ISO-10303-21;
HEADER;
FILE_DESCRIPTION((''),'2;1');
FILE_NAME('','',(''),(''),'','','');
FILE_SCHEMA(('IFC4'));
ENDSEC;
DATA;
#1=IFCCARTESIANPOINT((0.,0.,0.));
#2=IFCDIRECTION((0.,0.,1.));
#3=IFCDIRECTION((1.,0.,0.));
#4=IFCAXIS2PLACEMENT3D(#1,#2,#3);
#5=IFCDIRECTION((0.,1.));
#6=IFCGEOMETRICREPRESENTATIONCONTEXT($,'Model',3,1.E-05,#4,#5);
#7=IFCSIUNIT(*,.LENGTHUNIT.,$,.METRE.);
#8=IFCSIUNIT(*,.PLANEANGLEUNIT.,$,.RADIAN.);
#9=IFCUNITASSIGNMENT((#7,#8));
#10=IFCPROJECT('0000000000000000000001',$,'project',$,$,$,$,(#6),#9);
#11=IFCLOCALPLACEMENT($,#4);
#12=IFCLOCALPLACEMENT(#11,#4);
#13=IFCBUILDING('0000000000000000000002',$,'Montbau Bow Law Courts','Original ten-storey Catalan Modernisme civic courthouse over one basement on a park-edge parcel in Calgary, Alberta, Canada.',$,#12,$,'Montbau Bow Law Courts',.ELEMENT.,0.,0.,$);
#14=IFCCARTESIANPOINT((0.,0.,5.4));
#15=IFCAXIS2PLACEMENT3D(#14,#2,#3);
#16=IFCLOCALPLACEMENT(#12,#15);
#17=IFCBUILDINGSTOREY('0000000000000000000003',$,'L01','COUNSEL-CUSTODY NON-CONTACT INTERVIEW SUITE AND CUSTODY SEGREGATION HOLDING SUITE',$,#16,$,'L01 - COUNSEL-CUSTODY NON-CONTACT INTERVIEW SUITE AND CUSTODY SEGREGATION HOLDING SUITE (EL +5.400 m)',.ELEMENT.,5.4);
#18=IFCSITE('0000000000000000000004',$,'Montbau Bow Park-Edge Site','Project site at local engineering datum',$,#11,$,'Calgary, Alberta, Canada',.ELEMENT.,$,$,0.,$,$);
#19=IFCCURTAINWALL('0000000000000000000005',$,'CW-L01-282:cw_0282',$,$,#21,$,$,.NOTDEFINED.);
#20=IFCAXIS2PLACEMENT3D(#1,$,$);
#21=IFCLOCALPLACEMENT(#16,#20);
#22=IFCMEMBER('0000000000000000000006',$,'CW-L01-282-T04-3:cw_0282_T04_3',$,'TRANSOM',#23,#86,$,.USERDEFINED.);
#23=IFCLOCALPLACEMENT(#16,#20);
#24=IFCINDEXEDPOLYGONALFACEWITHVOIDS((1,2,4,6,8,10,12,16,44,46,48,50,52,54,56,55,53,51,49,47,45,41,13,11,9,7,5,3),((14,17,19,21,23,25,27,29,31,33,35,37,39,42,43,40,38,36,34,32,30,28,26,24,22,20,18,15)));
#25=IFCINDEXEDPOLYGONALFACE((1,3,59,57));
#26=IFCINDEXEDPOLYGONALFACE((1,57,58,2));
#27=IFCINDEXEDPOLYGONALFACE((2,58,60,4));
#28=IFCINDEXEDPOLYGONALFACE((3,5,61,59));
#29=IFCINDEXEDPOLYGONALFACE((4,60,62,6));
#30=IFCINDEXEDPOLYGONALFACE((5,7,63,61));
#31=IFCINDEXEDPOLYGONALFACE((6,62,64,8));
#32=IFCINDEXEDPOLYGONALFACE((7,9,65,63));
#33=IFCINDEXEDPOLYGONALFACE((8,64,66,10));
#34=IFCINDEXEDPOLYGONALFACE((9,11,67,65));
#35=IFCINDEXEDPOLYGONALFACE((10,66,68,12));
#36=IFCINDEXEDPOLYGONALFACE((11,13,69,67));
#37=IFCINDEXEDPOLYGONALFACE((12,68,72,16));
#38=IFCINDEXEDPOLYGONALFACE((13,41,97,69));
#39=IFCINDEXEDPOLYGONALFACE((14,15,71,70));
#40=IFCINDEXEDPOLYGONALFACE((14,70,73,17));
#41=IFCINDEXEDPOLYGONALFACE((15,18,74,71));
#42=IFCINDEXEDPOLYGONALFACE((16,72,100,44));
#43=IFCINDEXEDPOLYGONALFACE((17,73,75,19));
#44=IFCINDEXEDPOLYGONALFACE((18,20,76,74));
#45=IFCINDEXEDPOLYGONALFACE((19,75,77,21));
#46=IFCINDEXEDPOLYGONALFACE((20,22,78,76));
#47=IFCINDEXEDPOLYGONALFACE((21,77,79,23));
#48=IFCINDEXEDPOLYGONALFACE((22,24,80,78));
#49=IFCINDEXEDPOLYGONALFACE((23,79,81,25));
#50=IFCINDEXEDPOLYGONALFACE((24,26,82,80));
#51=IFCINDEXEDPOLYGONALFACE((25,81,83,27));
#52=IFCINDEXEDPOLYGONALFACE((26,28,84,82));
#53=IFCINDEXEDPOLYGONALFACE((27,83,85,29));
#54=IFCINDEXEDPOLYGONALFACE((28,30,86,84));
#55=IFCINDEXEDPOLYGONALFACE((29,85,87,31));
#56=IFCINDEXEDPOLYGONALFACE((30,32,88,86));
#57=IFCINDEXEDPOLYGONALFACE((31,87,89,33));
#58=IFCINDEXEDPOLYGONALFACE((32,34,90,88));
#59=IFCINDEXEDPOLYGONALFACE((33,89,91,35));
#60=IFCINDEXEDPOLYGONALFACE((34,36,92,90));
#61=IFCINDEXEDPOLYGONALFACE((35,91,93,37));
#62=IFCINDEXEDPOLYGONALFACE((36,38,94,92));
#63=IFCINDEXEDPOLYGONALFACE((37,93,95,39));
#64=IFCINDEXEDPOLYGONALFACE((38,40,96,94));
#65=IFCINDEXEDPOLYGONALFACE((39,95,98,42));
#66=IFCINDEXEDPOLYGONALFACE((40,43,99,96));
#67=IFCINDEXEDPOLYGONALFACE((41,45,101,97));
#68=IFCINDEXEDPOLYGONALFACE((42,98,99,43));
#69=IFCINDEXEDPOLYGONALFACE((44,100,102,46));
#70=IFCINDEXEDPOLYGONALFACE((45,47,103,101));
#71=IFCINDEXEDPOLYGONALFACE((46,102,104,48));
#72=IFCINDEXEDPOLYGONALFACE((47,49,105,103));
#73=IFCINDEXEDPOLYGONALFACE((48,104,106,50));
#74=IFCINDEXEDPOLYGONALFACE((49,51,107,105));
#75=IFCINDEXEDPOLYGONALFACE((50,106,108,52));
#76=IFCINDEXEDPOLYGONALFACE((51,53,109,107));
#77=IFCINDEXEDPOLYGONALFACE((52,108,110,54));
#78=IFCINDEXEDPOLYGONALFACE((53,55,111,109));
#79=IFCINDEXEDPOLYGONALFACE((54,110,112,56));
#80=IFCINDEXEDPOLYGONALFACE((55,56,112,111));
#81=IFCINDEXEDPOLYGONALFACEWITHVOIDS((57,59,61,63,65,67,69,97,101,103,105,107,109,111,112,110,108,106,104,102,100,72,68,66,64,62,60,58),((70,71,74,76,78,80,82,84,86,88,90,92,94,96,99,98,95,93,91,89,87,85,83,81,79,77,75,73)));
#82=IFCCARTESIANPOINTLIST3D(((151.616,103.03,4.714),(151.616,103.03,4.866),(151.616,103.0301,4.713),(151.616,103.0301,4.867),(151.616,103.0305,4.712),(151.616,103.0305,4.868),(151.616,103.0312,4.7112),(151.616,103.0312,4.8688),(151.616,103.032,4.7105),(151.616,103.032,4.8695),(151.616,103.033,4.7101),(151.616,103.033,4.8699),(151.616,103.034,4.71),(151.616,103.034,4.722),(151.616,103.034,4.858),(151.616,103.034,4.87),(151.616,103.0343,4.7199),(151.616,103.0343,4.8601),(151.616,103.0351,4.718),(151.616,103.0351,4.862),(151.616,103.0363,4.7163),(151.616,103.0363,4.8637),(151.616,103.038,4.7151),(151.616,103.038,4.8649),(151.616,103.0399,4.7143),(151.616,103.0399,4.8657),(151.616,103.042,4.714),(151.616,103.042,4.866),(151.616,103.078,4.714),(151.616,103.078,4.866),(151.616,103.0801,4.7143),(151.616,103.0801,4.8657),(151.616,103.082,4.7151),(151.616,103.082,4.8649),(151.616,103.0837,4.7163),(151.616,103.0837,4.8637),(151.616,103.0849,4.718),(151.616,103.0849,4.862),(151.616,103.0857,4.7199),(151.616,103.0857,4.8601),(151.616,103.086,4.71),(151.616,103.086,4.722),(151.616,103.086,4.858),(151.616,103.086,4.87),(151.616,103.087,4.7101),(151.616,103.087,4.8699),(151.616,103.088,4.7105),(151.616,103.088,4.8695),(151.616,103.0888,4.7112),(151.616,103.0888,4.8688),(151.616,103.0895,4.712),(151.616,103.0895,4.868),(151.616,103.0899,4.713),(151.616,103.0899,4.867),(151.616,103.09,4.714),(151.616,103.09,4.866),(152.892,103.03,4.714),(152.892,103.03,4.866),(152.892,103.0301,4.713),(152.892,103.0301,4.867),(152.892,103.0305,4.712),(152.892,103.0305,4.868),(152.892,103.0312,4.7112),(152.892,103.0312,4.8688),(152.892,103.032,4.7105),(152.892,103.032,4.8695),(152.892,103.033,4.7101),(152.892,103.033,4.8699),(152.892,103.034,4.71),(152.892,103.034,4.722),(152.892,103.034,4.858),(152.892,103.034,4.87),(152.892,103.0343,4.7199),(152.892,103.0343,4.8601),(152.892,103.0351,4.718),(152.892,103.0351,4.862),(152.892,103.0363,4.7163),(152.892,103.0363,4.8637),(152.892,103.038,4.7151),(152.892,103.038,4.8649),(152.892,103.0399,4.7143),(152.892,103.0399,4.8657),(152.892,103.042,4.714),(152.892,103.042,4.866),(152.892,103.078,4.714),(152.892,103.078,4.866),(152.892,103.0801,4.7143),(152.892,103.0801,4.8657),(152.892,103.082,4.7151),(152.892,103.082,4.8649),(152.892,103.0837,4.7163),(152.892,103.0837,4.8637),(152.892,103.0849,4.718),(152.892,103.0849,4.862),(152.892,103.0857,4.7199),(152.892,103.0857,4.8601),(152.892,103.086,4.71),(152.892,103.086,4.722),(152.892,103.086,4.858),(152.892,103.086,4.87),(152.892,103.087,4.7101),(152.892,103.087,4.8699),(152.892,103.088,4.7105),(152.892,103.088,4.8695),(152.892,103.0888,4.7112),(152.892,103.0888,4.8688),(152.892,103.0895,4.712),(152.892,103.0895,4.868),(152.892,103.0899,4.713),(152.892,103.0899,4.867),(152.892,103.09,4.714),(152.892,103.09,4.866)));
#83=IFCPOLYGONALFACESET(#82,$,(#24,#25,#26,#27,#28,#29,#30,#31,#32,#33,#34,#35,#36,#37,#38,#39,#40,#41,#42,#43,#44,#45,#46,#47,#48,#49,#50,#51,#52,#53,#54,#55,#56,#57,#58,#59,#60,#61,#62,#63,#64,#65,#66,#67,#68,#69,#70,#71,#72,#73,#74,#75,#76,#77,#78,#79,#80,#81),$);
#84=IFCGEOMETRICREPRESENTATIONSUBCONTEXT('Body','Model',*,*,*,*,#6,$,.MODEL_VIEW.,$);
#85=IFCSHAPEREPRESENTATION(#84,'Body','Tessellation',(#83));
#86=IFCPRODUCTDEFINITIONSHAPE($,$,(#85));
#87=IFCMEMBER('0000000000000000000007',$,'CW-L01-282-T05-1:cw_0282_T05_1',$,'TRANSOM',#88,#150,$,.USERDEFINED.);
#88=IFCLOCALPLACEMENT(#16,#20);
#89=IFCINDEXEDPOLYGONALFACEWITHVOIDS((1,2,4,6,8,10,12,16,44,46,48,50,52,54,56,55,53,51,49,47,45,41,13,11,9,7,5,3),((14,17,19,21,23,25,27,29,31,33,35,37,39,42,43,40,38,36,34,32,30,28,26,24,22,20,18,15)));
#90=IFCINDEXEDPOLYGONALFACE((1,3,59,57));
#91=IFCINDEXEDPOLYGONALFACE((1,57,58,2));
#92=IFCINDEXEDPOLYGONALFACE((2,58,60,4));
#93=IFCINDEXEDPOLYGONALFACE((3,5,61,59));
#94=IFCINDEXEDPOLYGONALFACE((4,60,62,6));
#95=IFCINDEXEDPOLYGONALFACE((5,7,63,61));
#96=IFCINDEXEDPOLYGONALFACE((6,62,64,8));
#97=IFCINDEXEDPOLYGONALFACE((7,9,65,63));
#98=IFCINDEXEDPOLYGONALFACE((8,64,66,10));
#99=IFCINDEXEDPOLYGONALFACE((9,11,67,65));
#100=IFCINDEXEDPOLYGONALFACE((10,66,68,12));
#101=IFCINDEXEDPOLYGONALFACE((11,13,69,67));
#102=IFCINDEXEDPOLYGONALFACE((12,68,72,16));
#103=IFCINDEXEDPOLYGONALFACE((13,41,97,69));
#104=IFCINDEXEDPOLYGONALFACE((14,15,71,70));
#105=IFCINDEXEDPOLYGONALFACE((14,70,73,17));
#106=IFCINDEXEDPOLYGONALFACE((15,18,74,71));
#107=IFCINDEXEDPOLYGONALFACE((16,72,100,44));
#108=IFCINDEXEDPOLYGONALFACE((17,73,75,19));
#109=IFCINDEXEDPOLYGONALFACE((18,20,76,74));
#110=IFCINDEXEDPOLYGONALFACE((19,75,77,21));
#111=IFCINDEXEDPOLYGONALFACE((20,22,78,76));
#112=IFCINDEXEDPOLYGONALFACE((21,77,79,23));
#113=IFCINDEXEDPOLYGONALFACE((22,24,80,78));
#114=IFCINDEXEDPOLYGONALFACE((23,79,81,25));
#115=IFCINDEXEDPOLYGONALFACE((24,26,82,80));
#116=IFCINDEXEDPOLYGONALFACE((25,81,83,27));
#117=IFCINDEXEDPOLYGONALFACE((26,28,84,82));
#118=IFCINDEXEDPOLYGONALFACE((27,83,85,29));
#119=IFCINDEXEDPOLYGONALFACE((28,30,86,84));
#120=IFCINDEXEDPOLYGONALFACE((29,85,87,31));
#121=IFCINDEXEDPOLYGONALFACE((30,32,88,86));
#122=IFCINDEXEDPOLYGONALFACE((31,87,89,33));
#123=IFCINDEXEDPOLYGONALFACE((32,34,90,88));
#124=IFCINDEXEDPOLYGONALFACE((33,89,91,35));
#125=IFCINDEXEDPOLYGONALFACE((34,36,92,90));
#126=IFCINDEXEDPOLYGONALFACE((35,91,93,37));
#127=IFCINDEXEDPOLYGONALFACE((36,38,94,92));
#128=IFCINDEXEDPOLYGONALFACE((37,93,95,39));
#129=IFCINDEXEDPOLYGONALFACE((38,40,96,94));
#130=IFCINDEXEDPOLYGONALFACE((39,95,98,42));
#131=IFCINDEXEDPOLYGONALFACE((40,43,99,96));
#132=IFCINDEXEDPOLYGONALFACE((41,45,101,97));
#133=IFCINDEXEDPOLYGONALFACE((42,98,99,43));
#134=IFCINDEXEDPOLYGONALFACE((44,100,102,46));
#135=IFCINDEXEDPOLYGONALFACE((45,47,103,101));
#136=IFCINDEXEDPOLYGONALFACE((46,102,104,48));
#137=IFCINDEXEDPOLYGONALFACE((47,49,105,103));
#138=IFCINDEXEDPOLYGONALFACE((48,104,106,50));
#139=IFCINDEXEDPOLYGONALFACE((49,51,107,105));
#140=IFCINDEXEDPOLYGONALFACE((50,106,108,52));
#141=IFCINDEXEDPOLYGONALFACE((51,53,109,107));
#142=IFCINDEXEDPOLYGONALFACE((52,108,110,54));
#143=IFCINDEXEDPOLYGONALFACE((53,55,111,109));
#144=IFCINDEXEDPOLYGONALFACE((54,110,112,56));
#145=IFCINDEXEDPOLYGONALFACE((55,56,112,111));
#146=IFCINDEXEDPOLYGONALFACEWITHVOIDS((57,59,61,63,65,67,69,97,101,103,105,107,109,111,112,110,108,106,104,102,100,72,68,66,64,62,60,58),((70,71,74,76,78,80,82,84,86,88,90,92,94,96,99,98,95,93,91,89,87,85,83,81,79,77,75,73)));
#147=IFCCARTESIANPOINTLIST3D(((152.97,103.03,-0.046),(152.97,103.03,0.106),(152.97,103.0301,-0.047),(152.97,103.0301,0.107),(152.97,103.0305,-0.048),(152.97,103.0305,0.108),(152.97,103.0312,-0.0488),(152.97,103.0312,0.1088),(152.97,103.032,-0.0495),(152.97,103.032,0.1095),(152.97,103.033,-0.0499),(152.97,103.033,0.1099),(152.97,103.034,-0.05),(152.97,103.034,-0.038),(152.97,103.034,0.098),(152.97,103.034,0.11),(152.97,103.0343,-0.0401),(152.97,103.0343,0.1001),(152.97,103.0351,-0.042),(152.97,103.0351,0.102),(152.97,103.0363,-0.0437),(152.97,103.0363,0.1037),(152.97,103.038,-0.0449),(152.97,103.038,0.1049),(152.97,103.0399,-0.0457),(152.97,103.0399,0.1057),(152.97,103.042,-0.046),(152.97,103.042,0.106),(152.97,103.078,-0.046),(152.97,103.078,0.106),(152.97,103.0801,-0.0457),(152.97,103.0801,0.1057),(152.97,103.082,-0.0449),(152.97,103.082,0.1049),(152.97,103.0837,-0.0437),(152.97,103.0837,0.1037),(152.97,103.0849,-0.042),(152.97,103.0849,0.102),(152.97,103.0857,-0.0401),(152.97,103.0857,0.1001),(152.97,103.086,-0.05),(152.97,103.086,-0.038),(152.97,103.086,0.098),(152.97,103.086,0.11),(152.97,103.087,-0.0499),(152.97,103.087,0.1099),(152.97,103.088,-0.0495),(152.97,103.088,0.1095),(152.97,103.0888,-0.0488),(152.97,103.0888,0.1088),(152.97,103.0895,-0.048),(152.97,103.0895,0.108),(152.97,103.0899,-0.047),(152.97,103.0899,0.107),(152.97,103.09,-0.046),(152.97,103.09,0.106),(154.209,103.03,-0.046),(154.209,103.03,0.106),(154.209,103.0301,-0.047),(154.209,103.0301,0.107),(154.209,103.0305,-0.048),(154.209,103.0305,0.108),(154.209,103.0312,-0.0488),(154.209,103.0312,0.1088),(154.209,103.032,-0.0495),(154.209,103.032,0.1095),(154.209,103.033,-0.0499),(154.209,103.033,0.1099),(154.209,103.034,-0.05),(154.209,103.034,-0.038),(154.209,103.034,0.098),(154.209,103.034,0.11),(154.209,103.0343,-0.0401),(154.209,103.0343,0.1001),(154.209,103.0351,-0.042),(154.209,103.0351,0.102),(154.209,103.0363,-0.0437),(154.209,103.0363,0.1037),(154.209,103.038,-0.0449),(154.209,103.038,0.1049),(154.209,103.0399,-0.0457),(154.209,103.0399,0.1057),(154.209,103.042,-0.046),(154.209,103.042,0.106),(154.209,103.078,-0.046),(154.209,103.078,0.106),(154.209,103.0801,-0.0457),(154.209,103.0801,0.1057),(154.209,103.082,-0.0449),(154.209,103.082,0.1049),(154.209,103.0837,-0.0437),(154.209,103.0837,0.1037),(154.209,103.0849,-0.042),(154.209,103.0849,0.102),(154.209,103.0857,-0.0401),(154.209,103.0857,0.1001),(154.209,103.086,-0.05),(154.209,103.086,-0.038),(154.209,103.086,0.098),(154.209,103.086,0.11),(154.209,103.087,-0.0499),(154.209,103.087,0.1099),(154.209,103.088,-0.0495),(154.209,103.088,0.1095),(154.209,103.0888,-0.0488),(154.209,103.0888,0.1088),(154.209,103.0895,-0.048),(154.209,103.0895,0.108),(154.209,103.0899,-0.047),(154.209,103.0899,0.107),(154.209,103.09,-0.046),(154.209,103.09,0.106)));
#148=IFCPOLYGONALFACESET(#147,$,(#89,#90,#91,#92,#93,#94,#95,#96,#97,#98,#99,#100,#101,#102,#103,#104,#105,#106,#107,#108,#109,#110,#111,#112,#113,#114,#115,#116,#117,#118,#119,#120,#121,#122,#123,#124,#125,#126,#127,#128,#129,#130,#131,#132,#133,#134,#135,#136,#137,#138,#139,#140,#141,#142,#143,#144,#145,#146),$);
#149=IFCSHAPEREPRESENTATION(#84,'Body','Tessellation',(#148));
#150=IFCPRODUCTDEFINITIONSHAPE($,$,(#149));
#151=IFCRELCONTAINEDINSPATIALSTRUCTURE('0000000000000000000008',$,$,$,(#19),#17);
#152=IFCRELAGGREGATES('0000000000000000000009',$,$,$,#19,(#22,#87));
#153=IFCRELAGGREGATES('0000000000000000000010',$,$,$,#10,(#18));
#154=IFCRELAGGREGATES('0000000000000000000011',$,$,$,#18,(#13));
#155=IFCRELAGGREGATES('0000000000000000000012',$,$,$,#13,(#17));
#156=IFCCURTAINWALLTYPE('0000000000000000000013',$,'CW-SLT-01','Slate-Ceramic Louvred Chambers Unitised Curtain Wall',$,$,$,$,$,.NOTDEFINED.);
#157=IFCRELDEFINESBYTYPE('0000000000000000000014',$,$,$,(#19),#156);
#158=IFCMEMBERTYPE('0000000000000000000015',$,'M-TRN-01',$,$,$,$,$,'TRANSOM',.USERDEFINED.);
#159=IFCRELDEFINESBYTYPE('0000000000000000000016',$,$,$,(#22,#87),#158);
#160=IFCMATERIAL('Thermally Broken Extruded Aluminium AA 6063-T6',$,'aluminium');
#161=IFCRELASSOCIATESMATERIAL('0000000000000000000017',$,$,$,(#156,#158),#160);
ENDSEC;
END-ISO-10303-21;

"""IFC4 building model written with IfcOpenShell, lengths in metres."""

from ifc_helpers import new_model, si_unit, direction, frame, origin_with_axes, origin_2d_with_axis, place, context, subcontext, project, spatial, hollow_rectangle, extrude, material, material_profile, profile_set, type_object, element, aggregate, save


model = new_model("IFC4")

# Units and contexts
model_context = context("Model", 3, precision=1e-05, world=origin_with_axes(), true_north=direction((0.0, 1.0)))
body_context = subcontext(model_context, "Body", "Model", "MODEL_VIEW")
ifc_project = project(units=[si_unit("LENGTHUNIT", "METRE"), si_unit("PLANEANGLEUNIT", "RADIAN")], contexts=[model_context])

# Site, building, storey
site_placement = place(None, origin_with_axes())
site = spatial("IfcSite", under=ifc_project, at=site_placement, Name="Montbau Bow Park-Edge Site", Description="Project site at local engineering datum", LongName="Calgary, Alberta, Canada", CompositionType="ELEMENT", RefElevation=0.0)
building_placement = place(site_placement, origin_with_axes())
building = spatial("IfcBuilding", under=site, at=building_placement, Name="Montbau Bow Law Courts", Description="Original ten-storey Catalan Modernisme civic courthouse over one basement on a park-edge parcel in Calgary, Alberta, Canada.", LongName="Montbau Bow Law Courts", CompositionType="ELEMENT", ElevationOfRefHeight=0.0, ElevationOfTerrain=0.0)
storey_placement = place(building_placement, frame((0.0, 0.0, 5.4), z_axis=(0.0, 0.0, 1.0), x_axis=(1.0, 0.0, 0.0)))
storey = spatial("IfcBuildingStorey", under=building, at=storey_placement, Name="L01", Description="COUNSEL-CUSTODY NON-CONTACT INTERVIEW SUITE AND CUSTODY SEGREGATION HOLDING SUITE", LongName="L01 - COUNSEL-CUSTODY NON-CONTACT INTERVIEW SUITE AND CUSTODY SEGREGATION HOLDING SUITE (EL +5.400 m)", CompositionType="ELEMENT", Elevation=5.4)

# Curtain wall, members
ifc_material_1 = material(Name="Thermally Broken Extruded Aluminium AA 6063-T6", Category="aluminium")
curtain_wall_type = type_object("IfcCurtainWallType", Name="CW-SLT-01", Description="Slate-Ceramic Louvred Chambers Unitised Curtain Wall", PredefinedType="NOTDEFINED", material=ifc_material_1)
curtain_wall_placement = place(None, frame((147.515, 103.06, 5.4), z_axis=(0.0, 0.0, 1.0), x_axis=(1.0, 0.0, 0.0)))
curtain_wall = element("IfcCurtainWall", 1, at=curtain_wall_placement, inside=storey, type_object=curtain_wall_type, Name="CW-L01-282:cw_0282", PredefinedType="NOTDEFINED")
ifc_material_profile_1 = material_profile(ifc_material_1, hollow_rectangle(XDim=0.06, YDim=0.16, WallThickness=0.004, InnerFilletRadius=0.008, OuterFilletRadius=0.004, at=origin_2d_with_axis()), Name="CWT-160X60", Category="Main", Priority=0)
ifc_profile_set_1 = profile_set([ifc_material_profile_1], Name="Thermally Broken Extruded Aluminium AA 6063-T6")
member_type_1 = type_object("IfcMemberType", Name="M-TRN-01", ElementType="TRANSOM", PredefinedType="USERDEFINED", material=ifc_profile_set_1)
member_1_placement = place(None, frame((151.616, 103.06, 10.19), z_axis=(1.0, 0.0, 0.0), x_axis=(0.0, 1.0, 0.0)))
member_1 = element("IfcMember", 2, at=member_1_placement, type_object=member_type_1, Name="CW-L01-282-T04-3:cw_0282_T04_3", ObjectType="TRANSOM", PredefinedType="USERDEFINED", context=body_context, shape_type="SweptSolid", body=[
    extrude(hollow_rectangle(XDim=0.06, YDim=0.16, WallThickness=0.004, InnerFilletRadius=0.008, OuterFilletRadius=0.004, at=origin_2d_with_axis()), origin_with_axes(), (0.0, 0.0, 1.0), 1.276),
])
member_2_placement = place(None, frame((152.97, 103.06, 5.43), z_axis=(1.0, 0.0, 0.0), x_axis=(0.0, 1.0, 0.0)))
member_2 = element("IfcMember", 3, at=member_2_placement, type_object=member_type_1, Name="CW-L01-282-T05-1:cw_0282_T05_1", ObjectType="TRANSOM", PredefinedType="USERDEFINED", context=body_context, shape_type="SweptSolid", body=[
    extrude(hollow_rectangle(XDim=0.06, YDim=0.16, WallThickness=0.004, InnerFilletRadius=0.008, OuterFilletRadius=0.004, at=origin_2d_with_axis()), origin_with_axes(), (0.0, 0.0, 1.0), 1.239),
])
aggregate(curtain_wall, [member_1, member_2])

save(model, "model.ifc")
